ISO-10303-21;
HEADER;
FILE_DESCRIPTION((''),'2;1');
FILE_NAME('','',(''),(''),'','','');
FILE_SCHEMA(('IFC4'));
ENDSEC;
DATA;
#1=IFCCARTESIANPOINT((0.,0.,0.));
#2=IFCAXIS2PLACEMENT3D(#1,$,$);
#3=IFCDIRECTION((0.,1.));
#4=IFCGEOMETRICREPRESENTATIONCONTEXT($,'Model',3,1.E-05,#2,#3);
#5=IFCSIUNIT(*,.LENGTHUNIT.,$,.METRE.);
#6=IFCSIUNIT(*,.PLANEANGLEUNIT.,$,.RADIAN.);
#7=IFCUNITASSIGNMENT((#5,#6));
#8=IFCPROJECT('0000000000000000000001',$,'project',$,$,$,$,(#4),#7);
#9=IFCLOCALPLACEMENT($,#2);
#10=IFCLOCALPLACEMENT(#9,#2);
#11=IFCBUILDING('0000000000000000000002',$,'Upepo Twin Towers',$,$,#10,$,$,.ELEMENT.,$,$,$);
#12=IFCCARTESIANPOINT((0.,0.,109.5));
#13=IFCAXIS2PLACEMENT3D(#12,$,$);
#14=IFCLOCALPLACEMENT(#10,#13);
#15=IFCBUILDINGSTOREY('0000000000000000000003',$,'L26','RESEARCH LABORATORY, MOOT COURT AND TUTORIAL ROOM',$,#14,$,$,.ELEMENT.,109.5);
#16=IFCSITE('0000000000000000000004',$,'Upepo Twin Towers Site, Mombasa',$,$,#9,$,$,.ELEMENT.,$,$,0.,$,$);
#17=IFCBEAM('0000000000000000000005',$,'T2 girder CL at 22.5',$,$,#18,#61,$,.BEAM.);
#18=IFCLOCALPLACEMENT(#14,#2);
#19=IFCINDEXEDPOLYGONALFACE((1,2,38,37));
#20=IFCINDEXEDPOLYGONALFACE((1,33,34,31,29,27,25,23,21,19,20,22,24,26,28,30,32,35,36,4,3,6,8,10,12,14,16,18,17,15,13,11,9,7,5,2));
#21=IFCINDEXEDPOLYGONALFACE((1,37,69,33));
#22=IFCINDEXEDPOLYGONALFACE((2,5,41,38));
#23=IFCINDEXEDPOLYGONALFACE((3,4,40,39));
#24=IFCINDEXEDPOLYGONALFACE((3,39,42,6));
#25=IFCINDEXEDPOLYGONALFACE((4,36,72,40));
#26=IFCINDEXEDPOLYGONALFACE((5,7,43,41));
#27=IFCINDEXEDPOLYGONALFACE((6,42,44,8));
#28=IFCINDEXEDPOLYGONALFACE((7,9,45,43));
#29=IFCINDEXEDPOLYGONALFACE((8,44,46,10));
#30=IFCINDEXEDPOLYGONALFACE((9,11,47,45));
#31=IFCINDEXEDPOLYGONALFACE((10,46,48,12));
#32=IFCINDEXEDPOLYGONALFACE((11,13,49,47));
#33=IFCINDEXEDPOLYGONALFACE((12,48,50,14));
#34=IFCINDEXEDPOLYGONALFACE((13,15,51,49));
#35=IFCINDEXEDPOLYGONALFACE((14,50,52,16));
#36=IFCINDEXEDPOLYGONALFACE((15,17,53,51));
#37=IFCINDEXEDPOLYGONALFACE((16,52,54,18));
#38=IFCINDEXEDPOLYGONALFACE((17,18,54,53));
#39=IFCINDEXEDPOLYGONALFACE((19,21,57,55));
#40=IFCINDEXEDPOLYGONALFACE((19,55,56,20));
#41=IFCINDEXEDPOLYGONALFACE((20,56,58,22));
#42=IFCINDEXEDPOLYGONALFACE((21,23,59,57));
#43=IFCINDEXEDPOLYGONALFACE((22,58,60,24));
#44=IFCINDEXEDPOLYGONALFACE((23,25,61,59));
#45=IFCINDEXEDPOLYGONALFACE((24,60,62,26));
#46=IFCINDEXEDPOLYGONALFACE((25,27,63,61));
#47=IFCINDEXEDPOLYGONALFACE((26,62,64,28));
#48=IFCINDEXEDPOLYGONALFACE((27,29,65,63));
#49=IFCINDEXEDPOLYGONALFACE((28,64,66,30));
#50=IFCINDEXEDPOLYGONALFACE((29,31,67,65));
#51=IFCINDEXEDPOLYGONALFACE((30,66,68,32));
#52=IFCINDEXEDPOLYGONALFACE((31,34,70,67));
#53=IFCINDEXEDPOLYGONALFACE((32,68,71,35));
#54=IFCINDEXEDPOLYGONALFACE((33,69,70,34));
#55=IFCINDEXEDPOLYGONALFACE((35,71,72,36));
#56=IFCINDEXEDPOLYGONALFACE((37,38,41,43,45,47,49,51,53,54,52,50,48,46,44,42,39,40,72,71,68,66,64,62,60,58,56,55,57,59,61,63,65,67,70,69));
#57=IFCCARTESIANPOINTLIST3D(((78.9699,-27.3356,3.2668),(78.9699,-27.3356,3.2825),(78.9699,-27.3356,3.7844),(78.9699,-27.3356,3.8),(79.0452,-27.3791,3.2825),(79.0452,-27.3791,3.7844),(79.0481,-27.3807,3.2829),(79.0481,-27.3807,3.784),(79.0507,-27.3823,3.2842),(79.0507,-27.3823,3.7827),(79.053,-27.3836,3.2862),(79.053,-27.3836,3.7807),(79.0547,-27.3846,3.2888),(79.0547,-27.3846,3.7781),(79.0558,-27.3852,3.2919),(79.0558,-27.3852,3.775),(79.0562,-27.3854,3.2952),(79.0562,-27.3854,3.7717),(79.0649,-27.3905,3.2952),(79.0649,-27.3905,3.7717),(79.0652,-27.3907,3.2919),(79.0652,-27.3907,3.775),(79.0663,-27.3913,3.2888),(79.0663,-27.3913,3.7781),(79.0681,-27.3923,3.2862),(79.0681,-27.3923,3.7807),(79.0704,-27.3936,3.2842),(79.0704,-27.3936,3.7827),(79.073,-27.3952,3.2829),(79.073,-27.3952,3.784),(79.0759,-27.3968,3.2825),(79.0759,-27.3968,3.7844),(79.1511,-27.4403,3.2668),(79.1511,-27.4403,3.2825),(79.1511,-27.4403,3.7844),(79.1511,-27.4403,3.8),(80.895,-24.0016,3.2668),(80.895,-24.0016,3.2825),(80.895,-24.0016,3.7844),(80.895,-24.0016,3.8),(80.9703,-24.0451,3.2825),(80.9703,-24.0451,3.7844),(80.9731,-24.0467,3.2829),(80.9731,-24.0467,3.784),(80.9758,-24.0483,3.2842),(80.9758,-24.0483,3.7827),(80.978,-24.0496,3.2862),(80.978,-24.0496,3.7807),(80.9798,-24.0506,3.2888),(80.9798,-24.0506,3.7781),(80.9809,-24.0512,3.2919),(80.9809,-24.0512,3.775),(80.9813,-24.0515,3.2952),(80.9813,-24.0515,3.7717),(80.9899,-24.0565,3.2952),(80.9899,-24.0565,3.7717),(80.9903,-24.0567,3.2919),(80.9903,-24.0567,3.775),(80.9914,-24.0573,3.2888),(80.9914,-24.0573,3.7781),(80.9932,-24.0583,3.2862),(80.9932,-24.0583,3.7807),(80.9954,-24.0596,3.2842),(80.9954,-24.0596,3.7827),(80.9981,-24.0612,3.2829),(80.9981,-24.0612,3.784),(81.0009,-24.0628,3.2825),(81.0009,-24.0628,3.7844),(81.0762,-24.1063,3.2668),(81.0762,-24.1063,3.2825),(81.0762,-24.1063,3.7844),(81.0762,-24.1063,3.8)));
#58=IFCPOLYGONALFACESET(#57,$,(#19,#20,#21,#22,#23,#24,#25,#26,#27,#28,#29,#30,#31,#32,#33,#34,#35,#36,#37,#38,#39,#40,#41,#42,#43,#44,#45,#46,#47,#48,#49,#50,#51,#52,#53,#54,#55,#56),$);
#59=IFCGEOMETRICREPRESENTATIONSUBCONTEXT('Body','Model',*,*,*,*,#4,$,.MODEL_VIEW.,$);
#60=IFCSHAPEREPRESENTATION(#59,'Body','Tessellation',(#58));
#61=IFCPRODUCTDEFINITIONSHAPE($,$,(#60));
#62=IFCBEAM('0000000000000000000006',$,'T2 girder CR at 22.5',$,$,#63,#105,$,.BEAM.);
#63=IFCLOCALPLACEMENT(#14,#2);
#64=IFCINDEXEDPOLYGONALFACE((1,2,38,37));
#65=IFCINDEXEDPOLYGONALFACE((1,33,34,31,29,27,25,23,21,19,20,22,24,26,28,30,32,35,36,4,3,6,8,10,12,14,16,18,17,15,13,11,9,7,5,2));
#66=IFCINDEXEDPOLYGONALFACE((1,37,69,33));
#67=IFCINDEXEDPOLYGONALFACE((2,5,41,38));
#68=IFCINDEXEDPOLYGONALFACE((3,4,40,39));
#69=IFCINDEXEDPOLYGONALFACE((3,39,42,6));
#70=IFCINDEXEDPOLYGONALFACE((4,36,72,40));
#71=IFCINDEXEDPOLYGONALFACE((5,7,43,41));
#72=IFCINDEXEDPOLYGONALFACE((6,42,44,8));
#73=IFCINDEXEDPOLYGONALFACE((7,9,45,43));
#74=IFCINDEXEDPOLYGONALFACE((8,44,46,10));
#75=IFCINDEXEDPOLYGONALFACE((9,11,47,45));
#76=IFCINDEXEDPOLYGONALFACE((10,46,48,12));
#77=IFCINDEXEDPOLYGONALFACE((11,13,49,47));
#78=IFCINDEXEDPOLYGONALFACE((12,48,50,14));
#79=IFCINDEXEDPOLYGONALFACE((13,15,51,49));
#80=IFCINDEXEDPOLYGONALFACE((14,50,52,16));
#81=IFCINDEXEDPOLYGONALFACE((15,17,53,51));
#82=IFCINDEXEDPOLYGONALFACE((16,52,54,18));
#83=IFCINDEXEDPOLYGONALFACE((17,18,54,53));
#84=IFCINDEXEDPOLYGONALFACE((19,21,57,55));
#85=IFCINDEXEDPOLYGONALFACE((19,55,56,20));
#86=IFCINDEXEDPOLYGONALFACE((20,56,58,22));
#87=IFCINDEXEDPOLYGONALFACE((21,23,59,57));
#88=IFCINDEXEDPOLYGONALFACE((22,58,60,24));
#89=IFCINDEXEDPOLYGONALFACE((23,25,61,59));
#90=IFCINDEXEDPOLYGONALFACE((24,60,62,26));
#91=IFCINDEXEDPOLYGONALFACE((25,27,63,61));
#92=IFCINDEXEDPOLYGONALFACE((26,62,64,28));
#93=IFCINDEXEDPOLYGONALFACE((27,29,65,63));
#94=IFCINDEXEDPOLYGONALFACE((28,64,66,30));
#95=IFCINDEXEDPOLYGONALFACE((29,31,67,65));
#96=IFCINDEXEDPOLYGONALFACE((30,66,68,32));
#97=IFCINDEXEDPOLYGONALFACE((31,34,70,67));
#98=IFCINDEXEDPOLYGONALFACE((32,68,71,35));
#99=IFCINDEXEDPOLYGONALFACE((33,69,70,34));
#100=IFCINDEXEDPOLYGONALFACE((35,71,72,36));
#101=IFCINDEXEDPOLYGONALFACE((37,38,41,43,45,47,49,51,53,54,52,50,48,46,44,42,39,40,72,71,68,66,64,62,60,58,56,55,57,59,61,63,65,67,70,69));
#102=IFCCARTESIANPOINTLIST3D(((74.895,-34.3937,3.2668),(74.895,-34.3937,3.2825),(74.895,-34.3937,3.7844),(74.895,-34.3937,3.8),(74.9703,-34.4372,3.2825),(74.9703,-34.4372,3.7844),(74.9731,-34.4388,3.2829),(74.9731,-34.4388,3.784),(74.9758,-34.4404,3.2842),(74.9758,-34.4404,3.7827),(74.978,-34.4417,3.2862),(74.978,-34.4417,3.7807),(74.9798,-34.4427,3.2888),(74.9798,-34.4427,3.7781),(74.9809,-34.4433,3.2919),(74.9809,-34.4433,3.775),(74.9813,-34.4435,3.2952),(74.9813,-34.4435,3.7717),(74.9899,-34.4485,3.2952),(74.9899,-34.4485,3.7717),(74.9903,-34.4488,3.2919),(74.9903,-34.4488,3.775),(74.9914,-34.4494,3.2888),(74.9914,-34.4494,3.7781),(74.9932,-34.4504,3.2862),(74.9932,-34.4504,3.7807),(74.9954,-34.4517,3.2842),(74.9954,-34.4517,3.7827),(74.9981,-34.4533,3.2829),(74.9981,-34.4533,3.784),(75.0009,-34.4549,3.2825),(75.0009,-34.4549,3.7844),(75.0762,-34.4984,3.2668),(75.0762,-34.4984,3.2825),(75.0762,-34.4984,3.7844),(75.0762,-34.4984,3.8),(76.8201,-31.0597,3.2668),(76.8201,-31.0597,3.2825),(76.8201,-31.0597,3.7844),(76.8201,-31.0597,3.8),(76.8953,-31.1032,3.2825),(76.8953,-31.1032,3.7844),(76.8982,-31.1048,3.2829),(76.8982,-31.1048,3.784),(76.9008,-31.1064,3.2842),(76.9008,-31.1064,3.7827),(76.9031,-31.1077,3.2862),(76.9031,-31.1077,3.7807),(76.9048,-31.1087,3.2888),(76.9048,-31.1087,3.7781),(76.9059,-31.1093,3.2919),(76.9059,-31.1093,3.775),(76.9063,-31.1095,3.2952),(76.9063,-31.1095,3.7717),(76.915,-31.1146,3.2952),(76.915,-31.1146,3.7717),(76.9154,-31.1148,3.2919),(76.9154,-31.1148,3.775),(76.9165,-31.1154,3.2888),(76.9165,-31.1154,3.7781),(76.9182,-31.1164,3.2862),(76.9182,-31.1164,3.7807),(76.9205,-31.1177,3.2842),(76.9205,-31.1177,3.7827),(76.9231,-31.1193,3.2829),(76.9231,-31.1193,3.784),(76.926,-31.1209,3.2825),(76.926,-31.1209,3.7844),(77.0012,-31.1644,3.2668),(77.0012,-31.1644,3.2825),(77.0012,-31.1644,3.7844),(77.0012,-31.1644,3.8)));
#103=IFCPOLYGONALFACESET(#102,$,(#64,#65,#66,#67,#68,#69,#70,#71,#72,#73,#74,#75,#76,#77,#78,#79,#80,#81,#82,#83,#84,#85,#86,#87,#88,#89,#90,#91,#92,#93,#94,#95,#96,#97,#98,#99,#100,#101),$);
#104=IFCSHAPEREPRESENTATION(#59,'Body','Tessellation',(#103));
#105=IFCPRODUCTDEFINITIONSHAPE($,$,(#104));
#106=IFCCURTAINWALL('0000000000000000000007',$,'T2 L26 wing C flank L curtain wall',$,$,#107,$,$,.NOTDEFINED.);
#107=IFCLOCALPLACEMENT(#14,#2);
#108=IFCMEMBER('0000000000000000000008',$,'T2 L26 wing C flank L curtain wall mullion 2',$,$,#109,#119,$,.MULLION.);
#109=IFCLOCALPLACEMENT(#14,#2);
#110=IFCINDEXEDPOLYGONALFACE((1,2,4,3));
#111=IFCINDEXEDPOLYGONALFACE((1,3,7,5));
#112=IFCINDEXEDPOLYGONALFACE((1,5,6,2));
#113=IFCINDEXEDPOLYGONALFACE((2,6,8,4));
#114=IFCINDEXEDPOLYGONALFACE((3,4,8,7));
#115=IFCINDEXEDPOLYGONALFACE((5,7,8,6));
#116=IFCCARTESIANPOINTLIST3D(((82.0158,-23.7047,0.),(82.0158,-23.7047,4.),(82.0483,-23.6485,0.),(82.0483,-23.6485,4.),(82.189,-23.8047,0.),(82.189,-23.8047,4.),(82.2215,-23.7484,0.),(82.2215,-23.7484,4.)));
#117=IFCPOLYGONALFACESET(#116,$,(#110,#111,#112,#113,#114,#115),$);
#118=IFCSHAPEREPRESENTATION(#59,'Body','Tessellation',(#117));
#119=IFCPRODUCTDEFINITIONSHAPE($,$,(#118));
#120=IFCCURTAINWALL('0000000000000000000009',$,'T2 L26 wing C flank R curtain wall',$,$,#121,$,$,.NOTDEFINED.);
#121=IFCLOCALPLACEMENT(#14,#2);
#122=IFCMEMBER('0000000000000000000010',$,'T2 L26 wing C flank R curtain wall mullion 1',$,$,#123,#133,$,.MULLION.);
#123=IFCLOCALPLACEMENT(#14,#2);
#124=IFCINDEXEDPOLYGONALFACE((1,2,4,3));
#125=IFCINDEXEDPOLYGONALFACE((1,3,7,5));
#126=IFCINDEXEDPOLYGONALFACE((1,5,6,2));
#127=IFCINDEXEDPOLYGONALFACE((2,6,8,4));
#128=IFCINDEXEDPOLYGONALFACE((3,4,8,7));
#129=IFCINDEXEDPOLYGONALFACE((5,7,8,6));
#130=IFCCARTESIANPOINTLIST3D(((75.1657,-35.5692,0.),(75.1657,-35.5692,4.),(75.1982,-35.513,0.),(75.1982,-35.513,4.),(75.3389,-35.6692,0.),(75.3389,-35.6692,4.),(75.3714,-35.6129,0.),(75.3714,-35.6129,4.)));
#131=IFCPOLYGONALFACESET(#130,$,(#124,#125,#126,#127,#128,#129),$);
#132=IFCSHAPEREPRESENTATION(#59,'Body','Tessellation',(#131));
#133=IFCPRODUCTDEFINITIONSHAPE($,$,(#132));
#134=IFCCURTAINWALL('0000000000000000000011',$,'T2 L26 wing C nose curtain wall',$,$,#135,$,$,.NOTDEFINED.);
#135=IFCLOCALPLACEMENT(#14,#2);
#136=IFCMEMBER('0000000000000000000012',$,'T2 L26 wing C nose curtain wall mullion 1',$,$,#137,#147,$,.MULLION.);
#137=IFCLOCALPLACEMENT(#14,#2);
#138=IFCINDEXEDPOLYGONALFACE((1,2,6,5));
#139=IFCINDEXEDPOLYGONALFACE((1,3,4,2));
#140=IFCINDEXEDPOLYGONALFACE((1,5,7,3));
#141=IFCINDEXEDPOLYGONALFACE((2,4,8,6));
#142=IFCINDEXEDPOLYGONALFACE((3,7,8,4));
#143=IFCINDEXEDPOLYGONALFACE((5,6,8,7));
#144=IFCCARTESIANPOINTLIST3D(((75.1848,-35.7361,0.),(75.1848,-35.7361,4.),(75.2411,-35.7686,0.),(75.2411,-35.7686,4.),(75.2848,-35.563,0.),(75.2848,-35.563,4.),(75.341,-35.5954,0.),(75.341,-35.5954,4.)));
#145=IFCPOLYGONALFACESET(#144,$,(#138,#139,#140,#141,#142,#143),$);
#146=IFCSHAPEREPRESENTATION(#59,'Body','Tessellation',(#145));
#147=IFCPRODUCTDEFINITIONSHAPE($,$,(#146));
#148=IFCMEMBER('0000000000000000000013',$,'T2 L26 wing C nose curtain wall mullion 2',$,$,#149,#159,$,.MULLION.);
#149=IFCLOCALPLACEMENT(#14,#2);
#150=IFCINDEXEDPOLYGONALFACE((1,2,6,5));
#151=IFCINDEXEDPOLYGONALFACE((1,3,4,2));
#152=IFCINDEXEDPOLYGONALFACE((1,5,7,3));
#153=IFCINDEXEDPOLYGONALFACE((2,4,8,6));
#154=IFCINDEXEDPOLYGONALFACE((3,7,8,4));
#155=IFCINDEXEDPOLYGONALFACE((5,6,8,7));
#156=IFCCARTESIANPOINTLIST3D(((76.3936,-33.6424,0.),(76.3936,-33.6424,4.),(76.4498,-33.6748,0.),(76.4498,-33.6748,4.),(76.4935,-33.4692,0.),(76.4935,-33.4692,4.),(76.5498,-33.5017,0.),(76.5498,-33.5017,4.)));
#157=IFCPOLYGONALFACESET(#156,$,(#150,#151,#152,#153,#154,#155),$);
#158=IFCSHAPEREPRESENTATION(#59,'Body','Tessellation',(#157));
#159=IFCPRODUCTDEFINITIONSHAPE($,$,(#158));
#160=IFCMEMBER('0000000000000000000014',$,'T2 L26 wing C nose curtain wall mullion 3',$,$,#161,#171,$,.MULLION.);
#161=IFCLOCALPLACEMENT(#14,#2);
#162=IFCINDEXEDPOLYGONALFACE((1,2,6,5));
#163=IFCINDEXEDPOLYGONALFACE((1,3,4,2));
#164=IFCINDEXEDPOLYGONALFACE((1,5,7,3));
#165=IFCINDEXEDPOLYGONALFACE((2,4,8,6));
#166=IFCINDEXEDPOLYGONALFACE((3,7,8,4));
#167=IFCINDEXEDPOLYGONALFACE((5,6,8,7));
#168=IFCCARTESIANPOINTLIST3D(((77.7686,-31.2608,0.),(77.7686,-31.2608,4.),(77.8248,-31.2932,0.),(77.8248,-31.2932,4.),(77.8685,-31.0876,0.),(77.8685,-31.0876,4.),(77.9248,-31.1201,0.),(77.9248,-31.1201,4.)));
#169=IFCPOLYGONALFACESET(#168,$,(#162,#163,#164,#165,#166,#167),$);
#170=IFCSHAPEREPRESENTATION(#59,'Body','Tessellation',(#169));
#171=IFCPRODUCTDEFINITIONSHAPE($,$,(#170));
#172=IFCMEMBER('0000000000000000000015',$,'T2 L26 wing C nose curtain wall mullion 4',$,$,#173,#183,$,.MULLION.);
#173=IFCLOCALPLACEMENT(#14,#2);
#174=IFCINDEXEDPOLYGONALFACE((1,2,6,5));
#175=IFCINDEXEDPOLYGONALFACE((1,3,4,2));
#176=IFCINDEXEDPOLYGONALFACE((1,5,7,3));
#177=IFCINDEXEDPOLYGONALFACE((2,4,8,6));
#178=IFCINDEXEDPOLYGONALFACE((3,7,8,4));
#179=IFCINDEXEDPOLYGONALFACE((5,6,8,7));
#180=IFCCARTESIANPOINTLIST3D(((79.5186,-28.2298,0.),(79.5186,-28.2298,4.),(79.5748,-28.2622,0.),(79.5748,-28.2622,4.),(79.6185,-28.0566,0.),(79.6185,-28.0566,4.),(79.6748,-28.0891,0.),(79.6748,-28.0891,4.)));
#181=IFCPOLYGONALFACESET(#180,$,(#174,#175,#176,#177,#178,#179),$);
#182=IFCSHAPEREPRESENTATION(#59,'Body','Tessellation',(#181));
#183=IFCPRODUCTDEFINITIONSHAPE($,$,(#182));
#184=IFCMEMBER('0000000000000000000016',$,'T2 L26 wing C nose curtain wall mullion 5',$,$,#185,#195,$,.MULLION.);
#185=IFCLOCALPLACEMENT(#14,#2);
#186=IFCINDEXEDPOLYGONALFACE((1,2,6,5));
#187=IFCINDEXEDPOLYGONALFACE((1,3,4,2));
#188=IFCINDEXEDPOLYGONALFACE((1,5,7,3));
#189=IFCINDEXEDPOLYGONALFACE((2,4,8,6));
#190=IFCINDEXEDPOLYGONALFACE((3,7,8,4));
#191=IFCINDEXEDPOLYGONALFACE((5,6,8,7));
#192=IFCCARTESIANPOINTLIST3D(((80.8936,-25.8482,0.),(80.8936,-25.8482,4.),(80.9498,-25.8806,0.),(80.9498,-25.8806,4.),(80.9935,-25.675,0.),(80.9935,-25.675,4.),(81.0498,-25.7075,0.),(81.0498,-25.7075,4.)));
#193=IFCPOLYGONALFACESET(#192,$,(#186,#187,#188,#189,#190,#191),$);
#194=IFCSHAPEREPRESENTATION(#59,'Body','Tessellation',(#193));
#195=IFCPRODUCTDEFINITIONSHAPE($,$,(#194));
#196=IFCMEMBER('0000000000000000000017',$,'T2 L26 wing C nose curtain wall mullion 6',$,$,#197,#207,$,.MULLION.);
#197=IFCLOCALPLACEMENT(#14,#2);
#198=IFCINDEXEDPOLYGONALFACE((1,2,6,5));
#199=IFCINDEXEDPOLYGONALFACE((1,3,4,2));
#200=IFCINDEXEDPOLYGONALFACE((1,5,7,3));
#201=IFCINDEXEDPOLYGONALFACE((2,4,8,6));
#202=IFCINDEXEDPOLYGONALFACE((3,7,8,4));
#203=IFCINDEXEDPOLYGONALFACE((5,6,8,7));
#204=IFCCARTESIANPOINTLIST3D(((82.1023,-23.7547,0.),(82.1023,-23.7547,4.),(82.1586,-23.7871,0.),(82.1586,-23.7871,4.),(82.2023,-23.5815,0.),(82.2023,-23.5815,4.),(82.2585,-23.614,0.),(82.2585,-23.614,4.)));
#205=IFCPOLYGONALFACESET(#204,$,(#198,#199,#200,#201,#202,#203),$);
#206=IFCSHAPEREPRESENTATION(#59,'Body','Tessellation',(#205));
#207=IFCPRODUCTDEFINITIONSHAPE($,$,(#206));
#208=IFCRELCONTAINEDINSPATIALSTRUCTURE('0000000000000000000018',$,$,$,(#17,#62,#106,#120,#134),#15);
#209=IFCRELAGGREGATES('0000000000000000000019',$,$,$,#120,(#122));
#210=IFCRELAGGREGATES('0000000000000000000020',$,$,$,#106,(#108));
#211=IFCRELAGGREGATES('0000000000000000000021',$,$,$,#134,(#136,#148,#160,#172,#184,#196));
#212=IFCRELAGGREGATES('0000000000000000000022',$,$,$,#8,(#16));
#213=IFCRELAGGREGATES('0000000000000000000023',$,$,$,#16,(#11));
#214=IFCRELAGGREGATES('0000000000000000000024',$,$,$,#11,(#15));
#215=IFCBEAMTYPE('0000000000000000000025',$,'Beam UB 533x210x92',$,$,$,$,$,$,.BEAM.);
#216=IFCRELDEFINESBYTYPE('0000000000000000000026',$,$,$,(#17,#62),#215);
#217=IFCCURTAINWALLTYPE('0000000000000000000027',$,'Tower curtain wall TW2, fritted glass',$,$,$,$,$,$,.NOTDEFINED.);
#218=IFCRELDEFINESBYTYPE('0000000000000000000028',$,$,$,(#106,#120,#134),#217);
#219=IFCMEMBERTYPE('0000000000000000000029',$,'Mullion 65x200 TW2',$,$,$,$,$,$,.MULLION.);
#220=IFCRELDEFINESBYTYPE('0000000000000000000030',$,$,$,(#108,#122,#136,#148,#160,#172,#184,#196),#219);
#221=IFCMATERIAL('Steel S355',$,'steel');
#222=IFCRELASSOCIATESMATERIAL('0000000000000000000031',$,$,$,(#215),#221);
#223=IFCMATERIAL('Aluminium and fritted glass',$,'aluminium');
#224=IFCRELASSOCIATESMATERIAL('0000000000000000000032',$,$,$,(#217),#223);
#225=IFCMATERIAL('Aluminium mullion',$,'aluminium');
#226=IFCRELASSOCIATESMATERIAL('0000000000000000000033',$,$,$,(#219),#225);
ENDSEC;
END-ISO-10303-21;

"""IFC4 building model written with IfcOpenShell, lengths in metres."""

from ifc_helpers import new_model, si_unit, direction, frame, origin, origin_2d, place, context, subcontext, project, spatial, rectangle, i_section, extrude, material, material_profile, profile_set, type_object, element, aggregate, save


model = new_model("IFC4")

# Units and contexts
model_context = context("Model", 3, precision=1e-05, world=origin(), true_north=direction((0.0, 1.0)))
body_context = subcontext(model_context, "Body", "Model", "MODEL_VIEW")
ifc_project = project(units=[si_unit("LENGTHUNIT", "METRE"), si_unit("PLANEANGLEUNIT", "RADIAN")], contexts=[model_context])

# Site, building, storey
site_placement = place(None, origin())
site = spatial("IfcSite", under=ifc_project, at=site_placement, Name="Upepo Twin Towers Site, Mombasa", CompositionType="ELEMENT", RefElevation=0.0)
building_placement = place(site_placement, origin())
building = spatial("IfcBuilding", under=site, at=building_placement, Name="Upepo Twin Towers", CompositionType="ELEMENT")
storey_placement = place(building_placement, frame((0.0, 0.0, 109.5)))
storey = spatial("IfcBuildingStorey", under=building, at=storey_placement, Name="L26", Description="RESEARCH LABORATORY, MOOT COURT AND TUTORIAL ROOM", CompositionType="ELEMENT", Elevation=109.5)

# Beams
ifc_material_1 = material(Name="Steel S355", Category="steel")
ifc_material_profile_1 = material_profile(ifc_material_1, i_section(OverallWidth=0.2092, OverallDepth=0.5332, WebThickness=0.01, FlangeThickness=0.0156, FilletRadius=0.0127, at=origin_2d()), Name="UB 533x210x92")
ifc_profile_set_1 = profile_set([ifc_material_profile_1], Name="Steel S355")
beam_type_1 = type_object("IfcBeamType", Name="Beam UB 533x210x92", PredefinedType="BEAM", material=ifc_profile_set_1)
for number, where, z_axis, x_axis, name in (
    (1, (80.9856, -24.054, 3.5334), (-0.500034, -0.866006, 0.0), (0.866006, -0.500034, 0.0), "T2 girder CL at 22.5"),
    (2, (74.9856, -34.446, 3.5334), (0.500034, 0.866006, 0.0), (-0.866006, 0.500034, 0.0), "T2 girder CR at 22.5"),
):
    element("IfcBeam", number, at=place(storey_placement, frame(where, z_axis=z_axis, x_axis=x_axis)), inside=storey, type_object=beam_type_1, Name=name, PredefinedType="BEAM", context=body_context, shape_type="SweptSolid", body=[
        extrude(i_section(OverallWidth=0.2092, OverallDepth=0.5332, WebThickness=0.01, FlangeThickness=0.0156, FilletRadius=0.0127, at=origin_2d()), origin(), (0.0, 0.0, 1.0), 3.8499),
    ])

# Curtain walls, members
ifc_material_2 = material(Name="Aluminium and fritted glass", Category="aluminium")
curtain_wall_type = type_object("IfcCurtainWallType", Name="Tower curtain wall TW2, fritted glass", PredefinedType="NOTDEFINED", material=ifc_material_2)
curtain_wall_1_placement = place(storey_placement, origin())
curtain_wall_1 = element("IfcCurtainWall", 3, at=curtain_wall_1_placement, inside=storey, type_object=curtain_wall_type, Name="T2 L26 wing C flank L curtain wall", PredefinedType="NOTDEFINED")
ifc_material_3 = material(Name="Aluminium mullion", Category="aluminium")
ifc_material_profile_2 = material_profile(ifc_material_3, rectangle(XDim=0.0649, YDim=0.2, at=origin_2d()), Name="MULLION 65x200")
ifc_profile_set_2 = profile_set([ifc_material_profile_2], Name="Aluminium mullion")
member_type_1 = type_object("IfcMemberType", Name="Mullion 65x200 TW2", PredefinedType="MULLION", material=ifc_profile_set_2)
member_1_placement = place(storey_placement, frame((82.1187, -23.7266, 0.0), z_axis=(0.0, 0.0, 1.0), x_axis=(0.5, 0.866025, 0.0)))
member_1 = element("IfcMember", 4, at=member_1_placement, type_object=member_type_1, Name="T2 L26 wing C flank L curtain wall mullion 2", PredefinedType="MULLION", context=body_context, shape_type="SweptSolid", body=[
    extrude(rectangle(XDim=0.0649, YDim=0.2, at=origin_2d()), origin(), (0.0, 0.0, 1.0), 4.0),
])
curtain_wall_2_placement = place(storey_placement, origin())
curtain_wall_2 = element("IfcCurtainWall", 5, at=curtain_wall_2_placement, inside=storey, type_object=curtain_wall_type, Name="T2 L26 wing C flank R curtain wall", PredefinedType="NOTDEFINED")
member_2_placement = place(storey_placement, frame((75.2686, -35.5911, 0.0), z_axis=(0.0, 0.0, 1.0), x_axis=(-0.5, -0.866025, 0.0)))
member_2 = element("IfcMember", 6, at=member_2_placement, type_object=member_type_1, Name="T2 L26 wing C flank R curtain wall mullion 1", PredefinedType="MULLION", context=body_context, shape_type="SweptSolid", body=[
    extrude(rectangle(XDim=0.0649, YDim=0.2, at=origin_2d()), origin(), (0.0, 0.0, 1.0), 4.0),
])

# Curtain wall, members
curtain_wall_3_placement = place(storey_placement, origin())
curtain_wall_3 = element("IfcCurtainWall", 7, at=curtain_wall_3_placement, inside=storey, type_object=curtain_wall_type, Name="T2 L26 wing C nose curtain wall", PredefinedType="NOTDEFINED")
member_3_placement = place(storey_placement, frame((75.2629, -35.6658, 0.0), z_axis=(0.0, 0.0, 1.0), x_axis=(-0.866025, 0.5, 0.0)))
member_3 = element("IfcMember", 8, at=member_3_placement, type_object=member_type_1, Name="T2 L26 wing C nose curtain wall mullion 1", PredefinedType="MULLION", context=body_context, shape_type="SweptSolid", body=[
    extrude(rectangle(XDim=0.0649, YDim=0.2, at=origin_2d()), origin(), (0.0, 0.0, 1.0), 4.0),
])
member_4_placement = place(storey_placement, frame((76.4717, -33.572, 0.0), z_axis=(0.0, 0.0, 1.0), x_axis=(-0.866025, 0.5, 0.0)))
member_4 = element("IfcMember", 9, at=member_4_placement, type_object=member_type_1, Name="T2 L26 wing C nose curtain wall mullion 2", PredefinedType="MULLION", context=body_context, shape_type="SweptSolid", body=[
    extrude(rectangle(XDim=0.0649, YDim=0.2, at=origin_2d()), origin(), (0.0, 0.0, 1.0), 4.0),
])
member_5_placement = place(storey_placement, frame((77.8467, -31.1904, 0.0), z_axis=(0.0, 0.0, 1.0), x_axis=(-0.866025, 0.5, 0.0)))
member_5 = element("IfcMember", 10, at=member_5_placement, type_object=member_type_1, Name="T2 L26 wing C nose curtain wall mullion 3", PredefinedType="MULLION", context=body_context, shape_type="SweptSolid", body=[
    extrude(rectangle(XDim=0.0649, YDim=0.2, at=origin_2d()), origin(), (0.0, 0.0, 1.0), 4.0),
])
member_6_placement = place(storey_placement, frame((79.5967, -28.1594, 0.0), z_axis=(0.0, 0.0, 1.0), x_axis=(-0.866025, 0.5, 0.0)))
member_6 = element("IfcMember", 11, at=member_6_placement, type_object=member_type_1, Name="T2 L26 wing C nose curtain wall mullion 4", PredefinedType="MULLION", context=body_context, shape_type="SweptSolid", body=[
    extrude(rectangle(XDim=0.0649, YDim=0.2, at=origin_2d()), origin(), (0.0, 0.0, 1.0), 4.0),
])
member_7_placement = place(storey_placement, frame((80.9717, -25.7778, 0.0), z_axis=(0.0, 0.0, 1.0), x_axis=(-0.866025, 0.5, 0.0)))
member_7 = element("IfcMember", 12, at=member_7_placement, type_object=member_type_1, Name="T2 L26 wing C nose curtain wall mullion 5", PredefinedType="MULLION", context=body_context, shape_type="SweptSolid", body=[
    extrude(rectangle(XDim=0.0649, YDim=0.2, at=origin_2d()), origin(), (0.0, 0.0, 1.0), 4.0),
])
member_8_placement = place(storey_placement, frame((82.1804, -23.6843, 0.0), z_axis=(0.0, 0.0, 1.0), x_axis=(-0.866025, 0.5, 0.0)))
member_8 = element("IfcMember", 13, at=member_8_placement, type_object=member_type_1, Name="T2 L26 wing C nose curtain wall mullion 6", PredefinedType="MULLION", context=body_context, shape_type="SweptSolid", body=[
    extrude(rectangle(XDim=0.0649, YDim=0.2, at=origin_2d()), origin(), (0.0, 0.0, 1.0), 4.0),
])

aggregate(curtain_wall_2, [member_2])

aggregate(curtain_wall_1, [member_1])
aggregate(curtain_wall_3, [member_3, member_4, member_5, member_6, member_7, member_8])

save(model, "model.ifc")
